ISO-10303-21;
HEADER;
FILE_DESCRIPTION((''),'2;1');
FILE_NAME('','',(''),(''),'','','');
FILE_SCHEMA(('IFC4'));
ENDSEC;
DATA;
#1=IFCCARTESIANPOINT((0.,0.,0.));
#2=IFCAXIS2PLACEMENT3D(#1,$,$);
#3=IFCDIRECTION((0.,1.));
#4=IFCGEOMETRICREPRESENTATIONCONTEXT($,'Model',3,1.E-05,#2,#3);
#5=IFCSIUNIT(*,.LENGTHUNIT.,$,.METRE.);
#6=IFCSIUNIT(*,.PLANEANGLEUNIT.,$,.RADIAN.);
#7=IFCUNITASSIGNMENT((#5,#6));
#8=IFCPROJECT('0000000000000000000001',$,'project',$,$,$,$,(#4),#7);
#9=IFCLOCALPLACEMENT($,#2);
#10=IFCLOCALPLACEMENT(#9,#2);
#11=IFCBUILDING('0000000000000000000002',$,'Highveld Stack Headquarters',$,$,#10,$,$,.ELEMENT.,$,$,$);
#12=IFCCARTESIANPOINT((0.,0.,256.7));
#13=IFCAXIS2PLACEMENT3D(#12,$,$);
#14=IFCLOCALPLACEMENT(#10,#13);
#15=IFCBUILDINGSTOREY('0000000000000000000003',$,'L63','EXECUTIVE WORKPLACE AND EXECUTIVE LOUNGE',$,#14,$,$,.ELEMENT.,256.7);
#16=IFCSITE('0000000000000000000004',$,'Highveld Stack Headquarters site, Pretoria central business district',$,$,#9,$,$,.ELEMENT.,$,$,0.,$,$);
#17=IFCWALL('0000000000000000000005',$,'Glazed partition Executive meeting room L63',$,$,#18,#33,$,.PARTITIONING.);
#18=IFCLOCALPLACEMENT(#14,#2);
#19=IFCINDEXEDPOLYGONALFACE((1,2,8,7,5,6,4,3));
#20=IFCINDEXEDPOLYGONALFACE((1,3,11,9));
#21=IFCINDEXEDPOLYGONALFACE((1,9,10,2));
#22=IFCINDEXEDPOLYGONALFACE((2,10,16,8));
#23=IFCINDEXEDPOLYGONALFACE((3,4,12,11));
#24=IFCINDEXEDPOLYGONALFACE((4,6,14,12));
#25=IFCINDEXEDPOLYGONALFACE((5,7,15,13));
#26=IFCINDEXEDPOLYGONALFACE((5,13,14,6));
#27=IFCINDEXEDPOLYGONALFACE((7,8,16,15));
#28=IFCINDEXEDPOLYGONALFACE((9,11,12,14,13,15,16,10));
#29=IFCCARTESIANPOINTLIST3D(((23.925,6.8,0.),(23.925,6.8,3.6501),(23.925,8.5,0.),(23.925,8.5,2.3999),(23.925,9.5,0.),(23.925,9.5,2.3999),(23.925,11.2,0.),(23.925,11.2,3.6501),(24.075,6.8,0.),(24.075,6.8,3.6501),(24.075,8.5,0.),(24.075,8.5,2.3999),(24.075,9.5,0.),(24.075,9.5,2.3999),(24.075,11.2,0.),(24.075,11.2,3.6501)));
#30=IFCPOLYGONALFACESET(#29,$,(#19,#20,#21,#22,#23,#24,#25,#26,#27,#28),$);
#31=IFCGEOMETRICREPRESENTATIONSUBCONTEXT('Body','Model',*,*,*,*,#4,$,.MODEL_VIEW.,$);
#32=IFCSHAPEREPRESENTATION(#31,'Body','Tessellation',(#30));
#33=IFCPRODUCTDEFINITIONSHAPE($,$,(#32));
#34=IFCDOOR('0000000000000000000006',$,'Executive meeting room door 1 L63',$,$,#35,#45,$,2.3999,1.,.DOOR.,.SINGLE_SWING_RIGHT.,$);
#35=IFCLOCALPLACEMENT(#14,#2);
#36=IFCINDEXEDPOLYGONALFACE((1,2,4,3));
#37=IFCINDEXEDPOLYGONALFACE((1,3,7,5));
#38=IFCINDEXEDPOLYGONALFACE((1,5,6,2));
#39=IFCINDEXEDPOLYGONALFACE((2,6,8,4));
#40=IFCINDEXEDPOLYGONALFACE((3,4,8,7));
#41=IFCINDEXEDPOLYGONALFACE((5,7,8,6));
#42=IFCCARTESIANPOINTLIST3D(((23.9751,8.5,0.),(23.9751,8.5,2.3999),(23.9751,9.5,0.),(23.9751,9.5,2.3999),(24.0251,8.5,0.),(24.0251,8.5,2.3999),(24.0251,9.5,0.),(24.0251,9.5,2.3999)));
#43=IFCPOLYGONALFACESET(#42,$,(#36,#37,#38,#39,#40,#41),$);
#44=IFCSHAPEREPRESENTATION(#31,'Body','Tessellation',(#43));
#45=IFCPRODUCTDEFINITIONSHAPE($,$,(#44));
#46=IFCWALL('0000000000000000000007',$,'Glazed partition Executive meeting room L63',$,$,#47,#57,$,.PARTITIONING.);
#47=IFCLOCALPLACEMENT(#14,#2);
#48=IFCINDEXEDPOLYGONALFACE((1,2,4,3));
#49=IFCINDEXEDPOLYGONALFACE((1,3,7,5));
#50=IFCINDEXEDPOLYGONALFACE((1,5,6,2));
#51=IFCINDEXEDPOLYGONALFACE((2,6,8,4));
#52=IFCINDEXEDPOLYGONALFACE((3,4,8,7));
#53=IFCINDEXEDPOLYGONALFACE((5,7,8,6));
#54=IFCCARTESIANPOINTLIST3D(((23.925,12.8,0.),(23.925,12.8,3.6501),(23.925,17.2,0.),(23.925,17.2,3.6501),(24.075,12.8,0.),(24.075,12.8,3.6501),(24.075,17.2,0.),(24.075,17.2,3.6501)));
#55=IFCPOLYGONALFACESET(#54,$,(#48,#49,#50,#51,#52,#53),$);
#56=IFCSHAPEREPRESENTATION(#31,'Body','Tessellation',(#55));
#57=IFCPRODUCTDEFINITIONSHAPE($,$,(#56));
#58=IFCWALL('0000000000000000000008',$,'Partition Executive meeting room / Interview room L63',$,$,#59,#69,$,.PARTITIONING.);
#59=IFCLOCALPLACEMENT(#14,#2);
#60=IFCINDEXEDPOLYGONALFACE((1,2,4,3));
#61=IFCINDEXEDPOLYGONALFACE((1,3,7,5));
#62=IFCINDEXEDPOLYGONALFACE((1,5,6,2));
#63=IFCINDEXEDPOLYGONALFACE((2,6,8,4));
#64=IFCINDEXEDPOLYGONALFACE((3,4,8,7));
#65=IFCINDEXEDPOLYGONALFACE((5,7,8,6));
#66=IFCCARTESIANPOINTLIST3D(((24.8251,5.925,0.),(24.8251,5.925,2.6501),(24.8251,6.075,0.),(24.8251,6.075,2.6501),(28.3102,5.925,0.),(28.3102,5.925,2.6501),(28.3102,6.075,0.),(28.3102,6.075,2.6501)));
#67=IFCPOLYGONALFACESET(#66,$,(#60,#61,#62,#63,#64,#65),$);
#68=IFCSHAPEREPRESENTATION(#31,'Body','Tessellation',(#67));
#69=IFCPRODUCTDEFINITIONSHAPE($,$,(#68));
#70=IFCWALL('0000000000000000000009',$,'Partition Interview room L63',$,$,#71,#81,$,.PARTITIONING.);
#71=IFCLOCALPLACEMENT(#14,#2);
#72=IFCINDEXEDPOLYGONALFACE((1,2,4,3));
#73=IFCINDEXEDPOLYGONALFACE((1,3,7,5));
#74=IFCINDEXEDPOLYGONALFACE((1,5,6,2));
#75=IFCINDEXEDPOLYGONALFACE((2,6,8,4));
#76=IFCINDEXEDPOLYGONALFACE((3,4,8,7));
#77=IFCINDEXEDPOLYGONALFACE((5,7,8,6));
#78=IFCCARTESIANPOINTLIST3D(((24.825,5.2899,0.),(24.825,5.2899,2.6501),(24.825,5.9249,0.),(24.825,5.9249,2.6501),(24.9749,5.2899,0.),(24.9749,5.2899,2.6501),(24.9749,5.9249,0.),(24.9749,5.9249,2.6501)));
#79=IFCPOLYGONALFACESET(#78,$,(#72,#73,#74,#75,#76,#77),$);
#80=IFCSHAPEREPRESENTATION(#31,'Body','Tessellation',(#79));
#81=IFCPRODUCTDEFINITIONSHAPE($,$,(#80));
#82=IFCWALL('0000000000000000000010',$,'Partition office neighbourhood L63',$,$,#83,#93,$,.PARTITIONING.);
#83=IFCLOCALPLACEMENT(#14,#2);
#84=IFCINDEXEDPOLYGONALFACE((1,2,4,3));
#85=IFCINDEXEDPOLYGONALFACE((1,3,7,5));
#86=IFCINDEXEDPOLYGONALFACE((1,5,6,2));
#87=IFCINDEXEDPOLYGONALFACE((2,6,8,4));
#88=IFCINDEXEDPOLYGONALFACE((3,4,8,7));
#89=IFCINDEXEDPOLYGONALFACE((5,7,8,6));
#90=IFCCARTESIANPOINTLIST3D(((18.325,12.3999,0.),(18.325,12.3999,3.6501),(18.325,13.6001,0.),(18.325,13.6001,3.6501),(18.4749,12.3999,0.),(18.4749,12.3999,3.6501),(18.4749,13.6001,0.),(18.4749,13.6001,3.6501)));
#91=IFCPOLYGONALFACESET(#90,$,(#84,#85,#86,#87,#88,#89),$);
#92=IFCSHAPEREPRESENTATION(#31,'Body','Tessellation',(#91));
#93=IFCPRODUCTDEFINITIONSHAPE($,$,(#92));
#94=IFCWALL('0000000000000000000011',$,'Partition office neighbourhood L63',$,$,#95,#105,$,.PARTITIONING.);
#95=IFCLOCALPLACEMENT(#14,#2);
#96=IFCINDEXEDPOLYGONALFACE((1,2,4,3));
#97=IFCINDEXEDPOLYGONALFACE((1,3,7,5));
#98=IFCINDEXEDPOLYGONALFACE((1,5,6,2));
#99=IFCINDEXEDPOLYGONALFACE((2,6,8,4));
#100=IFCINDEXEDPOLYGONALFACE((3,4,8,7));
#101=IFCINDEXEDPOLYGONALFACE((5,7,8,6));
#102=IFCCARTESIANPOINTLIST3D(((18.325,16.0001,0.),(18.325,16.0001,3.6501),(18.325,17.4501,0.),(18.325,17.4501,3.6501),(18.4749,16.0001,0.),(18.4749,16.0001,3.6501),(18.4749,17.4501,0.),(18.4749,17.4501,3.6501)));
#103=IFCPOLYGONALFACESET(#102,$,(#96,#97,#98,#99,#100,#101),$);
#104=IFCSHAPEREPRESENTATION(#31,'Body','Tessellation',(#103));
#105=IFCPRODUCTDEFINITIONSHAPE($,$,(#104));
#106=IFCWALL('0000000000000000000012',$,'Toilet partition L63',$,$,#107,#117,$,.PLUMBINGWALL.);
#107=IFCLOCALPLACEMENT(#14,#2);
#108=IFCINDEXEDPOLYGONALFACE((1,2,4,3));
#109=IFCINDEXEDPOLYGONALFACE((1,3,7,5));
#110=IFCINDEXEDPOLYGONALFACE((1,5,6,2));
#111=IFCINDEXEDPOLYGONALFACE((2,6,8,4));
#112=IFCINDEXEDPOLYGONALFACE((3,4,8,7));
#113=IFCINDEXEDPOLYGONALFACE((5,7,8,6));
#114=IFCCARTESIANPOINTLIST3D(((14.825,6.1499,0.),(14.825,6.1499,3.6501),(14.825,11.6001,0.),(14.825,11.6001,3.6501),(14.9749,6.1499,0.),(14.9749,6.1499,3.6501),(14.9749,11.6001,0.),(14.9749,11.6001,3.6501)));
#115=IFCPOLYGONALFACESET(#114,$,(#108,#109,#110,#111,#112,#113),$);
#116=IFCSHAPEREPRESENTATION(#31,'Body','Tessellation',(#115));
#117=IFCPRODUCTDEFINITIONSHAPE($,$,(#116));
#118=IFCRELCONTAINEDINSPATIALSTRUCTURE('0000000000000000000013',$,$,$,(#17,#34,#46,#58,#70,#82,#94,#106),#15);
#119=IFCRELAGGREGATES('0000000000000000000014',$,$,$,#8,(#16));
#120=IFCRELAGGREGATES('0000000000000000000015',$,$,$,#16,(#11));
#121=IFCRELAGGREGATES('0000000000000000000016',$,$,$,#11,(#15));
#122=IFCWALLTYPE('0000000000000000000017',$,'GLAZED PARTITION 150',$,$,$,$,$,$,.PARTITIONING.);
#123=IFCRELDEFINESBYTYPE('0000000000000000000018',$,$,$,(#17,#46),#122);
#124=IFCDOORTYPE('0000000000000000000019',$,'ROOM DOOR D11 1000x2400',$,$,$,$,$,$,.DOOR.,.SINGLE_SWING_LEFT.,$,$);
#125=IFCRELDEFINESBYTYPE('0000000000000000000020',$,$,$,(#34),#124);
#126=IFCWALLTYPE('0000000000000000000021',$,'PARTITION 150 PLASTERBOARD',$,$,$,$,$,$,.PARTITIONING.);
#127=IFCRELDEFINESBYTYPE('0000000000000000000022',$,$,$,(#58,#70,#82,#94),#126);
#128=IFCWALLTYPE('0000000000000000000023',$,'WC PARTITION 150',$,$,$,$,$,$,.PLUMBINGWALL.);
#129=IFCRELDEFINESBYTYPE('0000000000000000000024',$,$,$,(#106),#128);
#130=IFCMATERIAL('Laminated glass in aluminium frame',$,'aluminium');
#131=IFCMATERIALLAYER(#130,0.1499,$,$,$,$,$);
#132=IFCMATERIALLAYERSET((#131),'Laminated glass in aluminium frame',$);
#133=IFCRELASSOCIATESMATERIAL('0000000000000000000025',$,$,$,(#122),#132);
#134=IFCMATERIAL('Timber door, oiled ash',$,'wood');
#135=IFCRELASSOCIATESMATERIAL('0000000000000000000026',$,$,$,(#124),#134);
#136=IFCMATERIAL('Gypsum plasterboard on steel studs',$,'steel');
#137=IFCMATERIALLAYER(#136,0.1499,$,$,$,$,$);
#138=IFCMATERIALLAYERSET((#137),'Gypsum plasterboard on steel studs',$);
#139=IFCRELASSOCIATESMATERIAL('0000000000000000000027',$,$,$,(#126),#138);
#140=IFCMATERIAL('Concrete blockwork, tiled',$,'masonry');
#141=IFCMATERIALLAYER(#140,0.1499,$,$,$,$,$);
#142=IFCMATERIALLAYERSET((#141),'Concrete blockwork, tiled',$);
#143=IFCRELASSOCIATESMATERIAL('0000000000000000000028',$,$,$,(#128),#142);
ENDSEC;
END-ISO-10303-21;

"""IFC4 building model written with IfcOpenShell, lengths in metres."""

from ifc_helpers import new_model, si_unit, direction, frame, frame_2d, origin, place, context, subcontext, project, spatial, rectangle, extrude, material, layer, layer_set, type_object, element, fill, save


model = new_model("IFC4")

# Units and contexts
model_context = context("Model", 3, precision=1e-05, world=origin(), true_north=direction((0.0, 1.0)))
body_context = subcontext(model_context, "Body", "Model", "MODEL_VIEW")
ifc_project = project(units=[si_unit("LENGTHUNIT", "METRE"), si_unit("PLANEANGLEUNIT", "RADIAN")], contexts=[model_context])

# Site, building, storey
site_placement = place(None, origin())
site = spatial("IfcSite", under=ifc_project, at=site_placement, Name="Highveld Stack Headquarters site, Pretoria central business district", CompositionType="ELEMENT", RefElevation=0.0)
building_placement = place(site_placement, origin())
building = spatial("IfcBuilding", under=site, at=building_placement, Name="Highveld Stack Headquarters", CompositionType="ELEMENT")
storey_placement = place(building_placement, frame((0.0, 0.0, 256.7)))
storey = spatial("IfcBuildingStorey", under=building, at=storey_placement, Name="L63", Description="EXECUTIVE WORKPLACE AND EXECUTIVE LOUNGE", CompositionType="ELEMENT", Elevation=256.7)

# Wall, opening, door
ifc_material_1 = material(Name="Laminated glass in aluminium frame", Category="aluminium")
ifc_layer_1 = layer(ifc_material_1, 0.1499)
ifc_layer_set_1 = layer_set([ifc_layer_1], Name="Laminated glass in aluminium frame")
wall_type_1 = type_object("IfcWallType", Name="GLAZED PARTITION 150", PredefinedType="PARTITIONING", material=ifc_layer_set_1)
wall_1_placement = place(storey_placement, frame((24.0, 6.8, 0.0), z_axis=(0.0, 0.0, 1.0), x_axis=(0.0, 1.0, 0.0)))
wall_1 = element("IfcWall", 1, at=wall_1_placement, inside=storey, type_object=wall_type_1, Name="Glazed partition Executive meeting room L63", PredefinedType="PARTITIONING", context=body_context, shape_type="SweptSolid", body=[
    extrude(rectangle(XDim=4.3999, YDim=0.1499, at=frame_2d((2.2, 0.0))), origin(), (0.0, 0.0, 1.0), 3.6501),
])
opening_placement = place(wall_1_placement, frame((1.7, 0.0, 0.0)))
opening = element("IfcOpeningElement", 2, at=opening_placement, cuts=wall_1, PredefinedType="OPENING", context=body_context, shape_type="SweptSolid", body=[
    extrude(rectangle(XDim=1.0, YDim=2.3999, at=frame_2d((0.5, 1.2))), frame((0.0, 0.085, 0.0), z_axis=(0.0, -1.0, 0.0), x_axis=(1.0, 0.0, 0.0)), (0.0, 0.0, 1.0), 0.1699),
])
ifc_material_2 = material(Name="Timber door, oiled ash", Category="wood")
door_type = type_object("IfcDoorType", Name="ROOM DOOR D11 1000x2400", OperationType="SINGLE_SWING_LEFT", PredefinedType="DOOR", material=ifc_material_2)
door_placement = place(opening_placement, origin())
door = element("IfcDoor", 3, at=door_placement, inside=storey, type_object=door_type, Name="Executive meeting room door 1 L63", OperationType="SINGLE_SWING_RIGHT", OverallHeight=2.3999, OverallWidth=1.0, PredefinedType="DOOR", context=body_context, shape_type="SweptSolid", body=[
    extrude(rectangle(XDim=1.0, YDim=2.3999, at=frame_2d((0.5, 1.2))), frame((0.0, 0.0249, 0.0), z_axis=(0.0, -1.0, 0.0), x_axis=(1.0, 0.0, 0.0)), (0.0, 0.0, 1.0), 0.05),
])
fill(opening, door)

# Walls
wall_2_placement = place(storey_placement, frame((24.0, 12.8, 0.0), z_axis=(0.0, 0.0, 1.0), x_axis=(0.0, 1.0, 0.0)))
element("IfcWall", 4, at=wall_2_placement, inside=storey, type_object=wall_type_1, Name="Glazed partition Executive meeting room L63", PredefinedType="PARTITIONING", context=body_context, shape_type="SweptSolid", body=[
    extrude(rectangle(XDim=4.3999, YDim=0.1499, at=frame_2d((2.2, 0.0))), origin(), (0.0, 0.0, 1.0), 3.6501),
])
ifc_material_3 = material(Name="Gypsum plasterboard on steel studs", Category="steel")
ifc_layer_2 = layer(ifc_material_3, 0.1499)
ifc_layer_set_2 = layer_set([ifc_layer_2], Name="Gypsum plasterboard on steel studs")
wall_type_2 = type_object("IfcWallType", Name="PARTITION 150 PLASTERBOARD", PredefinedType="PARTITIONING", material=ifc_layer_set_2)
wall_3_placement = place(storey_placement, frame((24.825, 6.0, 0.0), z_axis=(0.0, 0.0, 1.0), x_axis=(1.0, 0.0, 0.0)))
element("IfcWall", 5, at=wall_3_placement, inside=storey, type_object=wall_type_2, Name="Partition Executive meeting room / Interview room L63", PredefinedType="PARTITIONING", context=body_context, shape_type="SweptSolid", body=[
    extrude(rectangle(XDim=3.4851, YDim=0.1499, at=frame_2d((1.7427, 0.0))), origin(), (0.0, 0.0, 1.0), 2.6501),
])
wall_4_placement = place(storey_placement, frame((24.8999, 5.29, 0.0), z_axis=(0.0, 0.0, 1.0), x_axis=(0.0, 1.0, 0.0)))
element("IfcWall", 6, at=wall_4_placement, inside=storey, type_object=wall_type_2, Name="Partition Interview room L63", PredefinedType="PARTITIONING", context=body_context, shape_type="SweptSolid", body=[
    extrude(rectangle(XDim=0.635, YDim=0.1499, at=frame_2d((0.3174, 0.0))), origin(), (0.0, 0.0, 1.0), 2.6501),
])
wall_5_placement = place(storey_placement, frame((18.3999, 12.3999, 0.0), z_axis=(0.0, 0.0, 1.0), x_axis=(0.0, 1.0, 0.0)))
element("IfcWall", 7, at=wall_5_placement, inside=storey, type_object=wall_type_2, Name="Partition office neighbourhood L63", PredefinedType="PARTITIONING", context=body_context, shape_type="SweptSolid", body=[
    extrude(rectangle(XDim=1.2002, YDim=0.1499, at=frame_2d((0.6001, 0.0))), origin(), (0.0, 0.0, 1.0), 3.6501),
])
wall_6_placement = place(storey_placement, frame((18.3999, 16.0, 0.0), z_axis=(0.0, 0.0, 1.0), x_axis=(0.0, 1.0, 0.0)))
element("IfcWall", 8, at=wall_6_placement, inside=storey, type_object=wall_type_2, Name="Partition office neighbourhood L63", PredefinedType="PARTITIONING", context=body_context, shape_type="SweptSolid", body=[
    extrude(rectangle(XDim=1.45, YDim=0.1499, at=frame_2d((0.7251, 0.0))), origin(), (0.0, 0.0, 1.0), 3.6501),
])
ifc_material_4 = material(Name="Concrete blockwork, tiled", Category="masonry")
ifc_layer_3 = layer(ifc_material_4, 0.1499)
ifc_layer_set_3 = layer_set([ifc_layer_3], Name="Concrete blockwork, tiled")
wall_type_3 = type_object("IfcWallType", Name="WC PARTITION 150", PredefinedType="PLUMBINGWALL", material=ifc_layer_set_3)
wall_7_placement = place(storey_placement, frame((14.8999, 6.1499, 0.0), z_axis=(0.0, 0.0, 1.0), x_axis=(0.0, 1.0, 0.0)))
element("IfcWall", 9, at=wall_7_placement, inside=storey, type_object=wall_type_3, Name="Toilet partition L63", PredefinedType="PLUMBINGWALL", context=body_context, shape_type="SweptSolid", body=[
    extrude(rectangle(XDim=5.4502, YDim=0.1499, at=frame_2d((2.7251, 0.0))), origin(), (0.0, 0.0, 1.0), 3.6501),
])

save(model, "model.ifc")
